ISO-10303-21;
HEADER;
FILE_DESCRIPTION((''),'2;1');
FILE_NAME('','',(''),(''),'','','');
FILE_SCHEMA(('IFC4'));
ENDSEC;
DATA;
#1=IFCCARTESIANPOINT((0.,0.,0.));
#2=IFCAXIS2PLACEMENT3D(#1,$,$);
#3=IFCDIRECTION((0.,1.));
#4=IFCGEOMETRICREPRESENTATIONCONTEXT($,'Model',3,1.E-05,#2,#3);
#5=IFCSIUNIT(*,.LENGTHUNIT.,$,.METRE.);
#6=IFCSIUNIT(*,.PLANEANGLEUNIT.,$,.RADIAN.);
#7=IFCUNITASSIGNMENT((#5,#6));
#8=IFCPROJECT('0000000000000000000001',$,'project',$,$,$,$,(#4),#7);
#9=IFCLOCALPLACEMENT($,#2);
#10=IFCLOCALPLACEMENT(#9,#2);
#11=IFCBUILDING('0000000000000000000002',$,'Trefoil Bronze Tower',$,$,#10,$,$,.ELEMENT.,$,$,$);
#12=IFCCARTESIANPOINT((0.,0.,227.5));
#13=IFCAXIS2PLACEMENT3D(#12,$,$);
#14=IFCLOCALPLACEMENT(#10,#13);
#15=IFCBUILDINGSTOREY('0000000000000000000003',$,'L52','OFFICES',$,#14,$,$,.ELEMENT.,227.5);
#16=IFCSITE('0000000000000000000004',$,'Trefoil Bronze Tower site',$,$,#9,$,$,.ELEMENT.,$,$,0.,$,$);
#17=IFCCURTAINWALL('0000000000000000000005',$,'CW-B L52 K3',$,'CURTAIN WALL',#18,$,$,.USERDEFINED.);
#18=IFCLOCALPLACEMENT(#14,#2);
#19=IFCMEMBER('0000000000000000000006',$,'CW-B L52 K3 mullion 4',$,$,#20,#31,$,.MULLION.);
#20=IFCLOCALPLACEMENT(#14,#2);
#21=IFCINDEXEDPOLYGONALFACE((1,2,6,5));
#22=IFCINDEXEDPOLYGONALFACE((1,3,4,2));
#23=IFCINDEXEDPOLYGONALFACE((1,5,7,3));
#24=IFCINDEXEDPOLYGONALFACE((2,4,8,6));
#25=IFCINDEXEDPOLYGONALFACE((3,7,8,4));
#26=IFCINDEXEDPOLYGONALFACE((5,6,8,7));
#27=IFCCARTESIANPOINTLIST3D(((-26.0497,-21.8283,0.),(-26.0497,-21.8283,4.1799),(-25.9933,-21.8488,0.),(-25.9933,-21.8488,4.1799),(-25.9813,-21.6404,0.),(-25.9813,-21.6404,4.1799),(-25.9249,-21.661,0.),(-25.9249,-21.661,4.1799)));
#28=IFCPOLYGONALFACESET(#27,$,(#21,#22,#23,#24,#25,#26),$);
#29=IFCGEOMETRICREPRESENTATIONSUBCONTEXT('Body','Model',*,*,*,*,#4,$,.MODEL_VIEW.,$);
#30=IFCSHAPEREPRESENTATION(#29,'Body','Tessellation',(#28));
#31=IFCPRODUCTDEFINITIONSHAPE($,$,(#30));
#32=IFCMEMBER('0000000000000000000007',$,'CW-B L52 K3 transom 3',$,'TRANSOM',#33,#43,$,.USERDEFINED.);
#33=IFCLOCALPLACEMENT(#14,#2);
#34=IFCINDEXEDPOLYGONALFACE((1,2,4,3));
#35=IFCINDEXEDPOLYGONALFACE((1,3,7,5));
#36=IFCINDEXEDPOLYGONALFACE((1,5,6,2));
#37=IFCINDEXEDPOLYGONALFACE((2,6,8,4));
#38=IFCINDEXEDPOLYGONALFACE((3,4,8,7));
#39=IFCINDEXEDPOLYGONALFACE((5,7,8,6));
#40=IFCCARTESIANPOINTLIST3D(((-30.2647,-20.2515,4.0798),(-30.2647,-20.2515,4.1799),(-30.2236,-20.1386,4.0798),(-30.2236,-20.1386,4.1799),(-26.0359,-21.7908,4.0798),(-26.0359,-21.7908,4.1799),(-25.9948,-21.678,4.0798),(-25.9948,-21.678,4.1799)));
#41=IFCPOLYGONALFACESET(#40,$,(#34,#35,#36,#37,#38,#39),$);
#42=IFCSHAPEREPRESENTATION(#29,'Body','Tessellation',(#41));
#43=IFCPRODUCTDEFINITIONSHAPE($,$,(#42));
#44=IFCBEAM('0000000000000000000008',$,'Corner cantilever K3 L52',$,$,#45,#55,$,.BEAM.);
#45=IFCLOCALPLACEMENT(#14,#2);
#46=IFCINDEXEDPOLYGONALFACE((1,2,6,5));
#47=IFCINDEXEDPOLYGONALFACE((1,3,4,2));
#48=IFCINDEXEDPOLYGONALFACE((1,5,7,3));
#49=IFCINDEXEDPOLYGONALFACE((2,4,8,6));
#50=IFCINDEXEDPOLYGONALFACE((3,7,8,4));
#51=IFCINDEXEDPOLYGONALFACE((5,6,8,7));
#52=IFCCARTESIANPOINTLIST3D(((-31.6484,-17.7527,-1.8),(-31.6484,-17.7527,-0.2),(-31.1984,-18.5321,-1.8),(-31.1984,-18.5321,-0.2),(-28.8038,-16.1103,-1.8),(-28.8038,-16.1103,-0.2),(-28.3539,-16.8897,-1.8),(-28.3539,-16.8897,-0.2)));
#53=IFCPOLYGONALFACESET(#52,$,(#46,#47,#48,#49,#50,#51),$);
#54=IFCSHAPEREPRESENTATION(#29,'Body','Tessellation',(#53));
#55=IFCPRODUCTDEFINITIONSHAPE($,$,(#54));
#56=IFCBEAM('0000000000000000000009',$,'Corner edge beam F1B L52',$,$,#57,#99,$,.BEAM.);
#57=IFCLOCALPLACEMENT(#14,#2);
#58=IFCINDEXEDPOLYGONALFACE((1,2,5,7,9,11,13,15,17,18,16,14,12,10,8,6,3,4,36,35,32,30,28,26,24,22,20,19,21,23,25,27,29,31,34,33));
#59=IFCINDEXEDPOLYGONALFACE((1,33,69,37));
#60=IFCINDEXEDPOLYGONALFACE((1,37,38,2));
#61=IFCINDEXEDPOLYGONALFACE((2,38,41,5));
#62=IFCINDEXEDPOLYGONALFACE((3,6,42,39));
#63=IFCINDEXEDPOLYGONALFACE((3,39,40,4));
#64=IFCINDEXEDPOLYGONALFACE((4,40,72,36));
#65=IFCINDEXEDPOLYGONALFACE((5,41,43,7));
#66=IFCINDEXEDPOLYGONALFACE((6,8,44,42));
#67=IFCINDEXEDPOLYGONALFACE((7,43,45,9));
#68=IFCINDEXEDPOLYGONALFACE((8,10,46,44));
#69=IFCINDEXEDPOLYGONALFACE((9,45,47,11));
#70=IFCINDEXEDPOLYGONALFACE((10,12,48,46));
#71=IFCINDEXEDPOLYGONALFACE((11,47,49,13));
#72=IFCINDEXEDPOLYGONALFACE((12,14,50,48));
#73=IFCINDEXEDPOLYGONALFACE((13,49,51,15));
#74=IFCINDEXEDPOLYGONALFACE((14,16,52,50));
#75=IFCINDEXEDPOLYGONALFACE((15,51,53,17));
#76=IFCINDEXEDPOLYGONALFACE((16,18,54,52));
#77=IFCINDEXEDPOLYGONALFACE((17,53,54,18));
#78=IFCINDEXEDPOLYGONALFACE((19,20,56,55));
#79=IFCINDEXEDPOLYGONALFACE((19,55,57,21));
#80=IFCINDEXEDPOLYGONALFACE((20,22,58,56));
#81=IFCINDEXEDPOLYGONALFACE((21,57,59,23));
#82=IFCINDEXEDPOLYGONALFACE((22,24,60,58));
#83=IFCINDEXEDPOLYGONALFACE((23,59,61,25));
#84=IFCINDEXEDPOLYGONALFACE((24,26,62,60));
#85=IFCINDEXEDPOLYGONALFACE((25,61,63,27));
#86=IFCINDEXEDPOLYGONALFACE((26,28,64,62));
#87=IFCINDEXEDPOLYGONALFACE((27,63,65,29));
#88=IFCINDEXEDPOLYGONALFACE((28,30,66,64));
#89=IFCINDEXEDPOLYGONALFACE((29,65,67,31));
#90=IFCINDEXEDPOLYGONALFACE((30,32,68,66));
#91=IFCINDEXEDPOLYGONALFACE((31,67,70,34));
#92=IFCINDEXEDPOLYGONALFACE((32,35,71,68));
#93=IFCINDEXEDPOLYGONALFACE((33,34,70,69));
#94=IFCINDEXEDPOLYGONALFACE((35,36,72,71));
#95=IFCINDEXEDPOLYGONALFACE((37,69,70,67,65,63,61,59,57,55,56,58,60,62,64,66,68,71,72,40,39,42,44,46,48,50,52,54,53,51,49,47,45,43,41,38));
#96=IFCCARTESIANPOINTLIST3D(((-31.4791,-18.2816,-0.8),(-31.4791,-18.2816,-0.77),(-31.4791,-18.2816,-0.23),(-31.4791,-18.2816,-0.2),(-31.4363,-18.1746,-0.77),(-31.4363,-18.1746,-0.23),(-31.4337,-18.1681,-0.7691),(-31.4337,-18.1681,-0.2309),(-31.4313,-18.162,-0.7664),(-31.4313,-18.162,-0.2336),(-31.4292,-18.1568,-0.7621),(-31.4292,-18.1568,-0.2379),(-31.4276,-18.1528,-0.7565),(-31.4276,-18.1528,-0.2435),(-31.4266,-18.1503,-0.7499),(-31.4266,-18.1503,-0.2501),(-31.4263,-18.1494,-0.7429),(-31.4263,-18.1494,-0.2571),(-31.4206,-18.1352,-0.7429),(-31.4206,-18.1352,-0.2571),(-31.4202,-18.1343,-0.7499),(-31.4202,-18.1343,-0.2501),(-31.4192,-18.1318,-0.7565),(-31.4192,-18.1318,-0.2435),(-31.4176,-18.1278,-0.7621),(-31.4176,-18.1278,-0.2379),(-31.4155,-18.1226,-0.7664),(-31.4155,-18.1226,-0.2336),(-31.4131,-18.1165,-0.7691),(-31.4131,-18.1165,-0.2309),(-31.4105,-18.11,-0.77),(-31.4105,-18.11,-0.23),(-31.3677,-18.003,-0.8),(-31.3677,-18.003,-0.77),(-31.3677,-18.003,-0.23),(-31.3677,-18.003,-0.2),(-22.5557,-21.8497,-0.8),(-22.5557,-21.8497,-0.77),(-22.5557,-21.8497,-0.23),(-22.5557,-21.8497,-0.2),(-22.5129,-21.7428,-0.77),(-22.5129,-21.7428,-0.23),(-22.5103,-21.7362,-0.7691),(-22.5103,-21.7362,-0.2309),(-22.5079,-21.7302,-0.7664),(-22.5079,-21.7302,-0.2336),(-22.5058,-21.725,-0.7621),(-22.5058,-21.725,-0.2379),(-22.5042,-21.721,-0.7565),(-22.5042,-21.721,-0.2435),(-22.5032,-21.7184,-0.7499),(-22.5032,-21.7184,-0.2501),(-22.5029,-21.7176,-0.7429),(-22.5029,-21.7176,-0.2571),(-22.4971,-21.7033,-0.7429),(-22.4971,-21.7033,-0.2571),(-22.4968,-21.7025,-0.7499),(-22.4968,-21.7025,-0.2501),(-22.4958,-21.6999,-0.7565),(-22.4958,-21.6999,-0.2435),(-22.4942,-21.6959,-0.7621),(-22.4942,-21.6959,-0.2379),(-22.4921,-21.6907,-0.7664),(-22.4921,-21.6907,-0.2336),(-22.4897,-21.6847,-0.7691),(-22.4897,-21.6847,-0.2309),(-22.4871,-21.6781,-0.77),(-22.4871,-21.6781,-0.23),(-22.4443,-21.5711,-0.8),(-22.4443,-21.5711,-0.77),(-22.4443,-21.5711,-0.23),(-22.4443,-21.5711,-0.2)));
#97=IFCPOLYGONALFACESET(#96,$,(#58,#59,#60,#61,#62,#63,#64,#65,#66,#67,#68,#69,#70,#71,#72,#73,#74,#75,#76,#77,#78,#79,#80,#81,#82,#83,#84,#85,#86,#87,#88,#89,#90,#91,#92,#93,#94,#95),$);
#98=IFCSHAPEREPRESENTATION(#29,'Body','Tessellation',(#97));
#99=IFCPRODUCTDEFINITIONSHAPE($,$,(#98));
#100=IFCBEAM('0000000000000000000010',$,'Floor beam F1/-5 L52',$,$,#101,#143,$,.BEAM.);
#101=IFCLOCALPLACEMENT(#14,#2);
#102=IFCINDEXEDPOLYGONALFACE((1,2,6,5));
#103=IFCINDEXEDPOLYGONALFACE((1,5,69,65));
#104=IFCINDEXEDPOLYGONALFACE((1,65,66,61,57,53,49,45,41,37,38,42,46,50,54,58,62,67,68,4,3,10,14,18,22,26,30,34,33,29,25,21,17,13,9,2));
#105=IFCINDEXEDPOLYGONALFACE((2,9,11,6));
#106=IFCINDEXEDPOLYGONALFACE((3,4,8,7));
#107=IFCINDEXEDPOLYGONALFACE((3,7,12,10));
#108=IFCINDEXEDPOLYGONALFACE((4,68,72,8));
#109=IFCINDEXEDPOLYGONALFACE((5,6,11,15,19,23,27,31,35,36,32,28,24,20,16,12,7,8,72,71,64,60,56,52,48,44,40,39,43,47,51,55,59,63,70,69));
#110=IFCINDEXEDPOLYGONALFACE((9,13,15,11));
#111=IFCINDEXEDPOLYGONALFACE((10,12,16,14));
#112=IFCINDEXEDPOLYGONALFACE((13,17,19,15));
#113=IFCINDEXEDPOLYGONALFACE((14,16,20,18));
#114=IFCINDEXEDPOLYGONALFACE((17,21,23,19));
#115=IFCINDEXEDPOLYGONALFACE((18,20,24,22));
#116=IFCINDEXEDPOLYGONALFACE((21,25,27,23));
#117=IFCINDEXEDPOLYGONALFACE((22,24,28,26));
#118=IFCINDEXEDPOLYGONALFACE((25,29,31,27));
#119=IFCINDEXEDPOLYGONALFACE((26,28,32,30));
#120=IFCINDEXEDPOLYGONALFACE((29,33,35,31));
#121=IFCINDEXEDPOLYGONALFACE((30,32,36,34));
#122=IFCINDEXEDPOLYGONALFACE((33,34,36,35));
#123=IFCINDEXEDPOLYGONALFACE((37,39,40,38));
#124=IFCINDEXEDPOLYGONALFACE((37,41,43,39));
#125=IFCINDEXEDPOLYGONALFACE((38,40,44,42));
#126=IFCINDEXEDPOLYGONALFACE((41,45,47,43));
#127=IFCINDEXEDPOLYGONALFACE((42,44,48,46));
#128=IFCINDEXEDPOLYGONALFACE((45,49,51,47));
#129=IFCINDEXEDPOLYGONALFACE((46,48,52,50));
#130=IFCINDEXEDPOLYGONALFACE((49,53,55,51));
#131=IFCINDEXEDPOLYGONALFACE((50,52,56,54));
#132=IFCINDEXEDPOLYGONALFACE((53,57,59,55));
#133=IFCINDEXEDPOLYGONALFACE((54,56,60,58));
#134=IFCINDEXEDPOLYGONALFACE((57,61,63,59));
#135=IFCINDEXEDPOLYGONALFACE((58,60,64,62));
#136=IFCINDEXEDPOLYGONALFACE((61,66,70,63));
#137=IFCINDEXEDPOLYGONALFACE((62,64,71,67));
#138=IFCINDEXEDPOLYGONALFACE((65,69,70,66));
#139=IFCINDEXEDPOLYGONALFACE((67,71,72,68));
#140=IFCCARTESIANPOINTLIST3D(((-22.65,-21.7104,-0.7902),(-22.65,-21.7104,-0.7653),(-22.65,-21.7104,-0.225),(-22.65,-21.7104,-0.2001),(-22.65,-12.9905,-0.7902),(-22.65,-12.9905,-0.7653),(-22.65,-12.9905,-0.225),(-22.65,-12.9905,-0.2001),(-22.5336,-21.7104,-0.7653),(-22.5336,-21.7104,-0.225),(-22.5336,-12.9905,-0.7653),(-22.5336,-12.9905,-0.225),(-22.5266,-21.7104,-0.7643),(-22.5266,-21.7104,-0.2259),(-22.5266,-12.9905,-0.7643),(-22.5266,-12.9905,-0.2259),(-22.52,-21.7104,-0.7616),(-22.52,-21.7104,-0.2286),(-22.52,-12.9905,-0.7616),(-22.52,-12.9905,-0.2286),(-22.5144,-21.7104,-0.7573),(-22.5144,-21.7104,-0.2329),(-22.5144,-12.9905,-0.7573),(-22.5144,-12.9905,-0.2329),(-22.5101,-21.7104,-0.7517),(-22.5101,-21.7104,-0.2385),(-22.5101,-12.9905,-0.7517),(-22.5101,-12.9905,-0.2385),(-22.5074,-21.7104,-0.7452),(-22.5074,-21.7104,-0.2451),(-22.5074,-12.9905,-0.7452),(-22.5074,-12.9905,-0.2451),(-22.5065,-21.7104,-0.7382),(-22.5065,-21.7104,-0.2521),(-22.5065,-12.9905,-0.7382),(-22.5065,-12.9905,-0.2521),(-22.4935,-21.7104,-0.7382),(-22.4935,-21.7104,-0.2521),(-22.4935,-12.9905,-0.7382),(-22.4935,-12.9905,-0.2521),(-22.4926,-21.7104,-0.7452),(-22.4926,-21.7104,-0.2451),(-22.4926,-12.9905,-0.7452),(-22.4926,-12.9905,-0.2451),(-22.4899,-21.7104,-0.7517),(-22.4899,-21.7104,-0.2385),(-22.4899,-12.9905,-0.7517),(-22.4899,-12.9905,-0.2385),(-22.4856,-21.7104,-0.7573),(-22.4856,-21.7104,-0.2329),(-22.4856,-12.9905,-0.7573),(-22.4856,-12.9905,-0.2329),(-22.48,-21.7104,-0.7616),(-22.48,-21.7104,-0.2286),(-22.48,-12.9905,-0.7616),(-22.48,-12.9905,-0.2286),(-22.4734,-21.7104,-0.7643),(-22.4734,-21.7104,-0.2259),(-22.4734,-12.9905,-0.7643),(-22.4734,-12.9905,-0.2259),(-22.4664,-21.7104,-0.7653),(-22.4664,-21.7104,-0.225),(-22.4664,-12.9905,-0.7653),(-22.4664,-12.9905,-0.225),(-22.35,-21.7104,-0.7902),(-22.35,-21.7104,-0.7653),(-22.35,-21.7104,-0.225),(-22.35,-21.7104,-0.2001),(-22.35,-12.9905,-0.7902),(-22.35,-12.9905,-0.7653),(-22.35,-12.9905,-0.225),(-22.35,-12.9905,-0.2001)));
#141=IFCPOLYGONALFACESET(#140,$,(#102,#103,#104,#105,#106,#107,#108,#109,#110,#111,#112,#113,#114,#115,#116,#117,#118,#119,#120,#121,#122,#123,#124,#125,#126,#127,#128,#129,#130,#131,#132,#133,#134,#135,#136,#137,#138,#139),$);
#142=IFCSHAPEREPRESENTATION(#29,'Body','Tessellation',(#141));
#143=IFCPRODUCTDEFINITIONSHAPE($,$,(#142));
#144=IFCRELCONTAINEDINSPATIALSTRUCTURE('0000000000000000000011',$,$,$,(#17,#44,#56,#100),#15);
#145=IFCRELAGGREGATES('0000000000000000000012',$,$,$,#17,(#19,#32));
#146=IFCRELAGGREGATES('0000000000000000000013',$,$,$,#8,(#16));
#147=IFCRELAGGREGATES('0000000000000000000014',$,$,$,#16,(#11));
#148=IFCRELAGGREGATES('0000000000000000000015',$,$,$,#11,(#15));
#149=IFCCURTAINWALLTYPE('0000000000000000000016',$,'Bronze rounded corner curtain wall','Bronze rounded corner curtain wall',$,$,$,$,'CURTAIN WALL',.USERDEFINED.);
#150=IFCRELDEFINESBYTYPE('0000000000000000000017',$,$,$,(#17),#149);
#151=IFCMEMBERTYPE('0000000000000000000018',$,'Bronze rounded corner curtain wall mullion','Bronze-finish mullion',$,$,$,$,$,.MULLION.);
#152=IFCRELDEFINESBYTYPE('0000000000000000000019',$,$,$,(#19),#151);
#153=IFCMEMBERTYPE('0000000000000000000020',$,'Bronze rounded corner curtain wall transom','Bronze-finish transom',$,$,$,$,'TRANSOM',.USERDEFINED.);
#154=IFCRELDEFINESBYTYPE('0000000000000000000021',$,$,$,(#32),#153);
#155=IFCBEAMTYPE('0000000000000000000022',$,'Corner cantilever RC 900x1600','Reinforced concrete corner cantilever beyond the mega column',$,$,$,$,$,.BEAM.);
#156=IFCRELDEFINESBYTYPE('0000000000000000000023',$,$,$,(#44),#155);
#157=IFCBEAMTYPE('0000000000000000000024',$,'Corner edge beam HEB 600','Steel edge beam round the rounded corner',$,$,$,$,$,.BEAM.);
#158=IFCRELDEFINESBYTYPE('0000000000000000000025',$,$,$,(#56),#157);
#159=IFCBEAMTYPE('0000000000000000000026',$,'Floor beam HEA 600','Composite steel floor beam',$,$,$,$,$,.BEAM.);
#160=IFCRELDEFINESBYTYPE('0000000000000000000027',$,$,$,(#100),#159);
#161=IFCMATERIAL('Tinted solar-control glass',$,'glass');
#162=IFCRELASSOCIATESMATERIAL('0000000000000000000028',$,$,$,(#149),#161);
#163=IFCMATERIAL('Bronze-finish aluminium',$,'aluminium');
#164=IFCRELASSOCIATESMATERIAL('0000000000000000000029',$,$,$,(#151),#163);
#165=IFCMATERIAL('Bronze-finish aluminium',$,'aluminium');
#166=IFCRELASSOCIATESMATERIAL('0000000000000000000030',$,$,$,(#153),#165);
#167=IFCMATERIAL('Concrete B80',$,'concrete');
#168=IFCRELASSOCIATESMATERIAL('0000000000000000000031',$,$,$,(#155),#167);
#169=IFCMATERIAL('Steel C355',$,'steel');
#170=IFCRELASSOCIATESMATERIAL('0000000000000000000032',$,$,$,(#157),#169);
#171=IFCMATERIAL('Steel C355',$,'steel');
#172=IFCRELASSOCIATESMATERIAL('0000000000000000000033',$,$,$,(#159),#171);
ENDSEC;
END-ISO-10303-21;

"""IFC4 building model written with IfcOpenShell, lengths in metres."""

from ifc_helpers import new_model, si_unit, direction, frame, origin, origin_2d, place, context, subcontext, project, spatial, rectangle, i_section, extrude, material, material_profile, profile_set, type_object, element, aggregate, save


model = new_model("IFC4")

# Units and contexts
model_context = context("Model", 3, precision=1e-05, world=origin(), true_north=direction((0.0, 1.0)))
body_context = subcontext(model_context, "Body", "Model", "MODEL_VIEW")
ifc_project = project(units=[si_unit("LENGTHUNIT", "METRE"), si_unit("PLANEANGLEUNIT", "RADIAN")], contexts=[model_context])

# Site, building, storey
site_placement = place(None, origin())
site = spatial("IfcSite", under=ifc_project, at=site_placement, Name="Trefoil Bronze Tower site", CompositionType="ELEMENT", RefElevation=0.0)
building_placement = place(site_placement, origin())
building = spatial("IfcBuilding", under=site, at=building_placement, Name="Trefoil Bronze Tower", CompositionType="ELEMENT")
storey_placement = place(building_placement, frame((0.0, 0.0, 227.5)))
storey = spatial("IfcBuildingStorey", under=building, at=storey_placement, Name="L52", Description="OFFICES", CompositionType="ELEMENT", Elevation=227.5)

# Curtain wall, members
ifc_material_1 = material(Name="Tinted solar-control glass", Category="glass")
curtain_wall_type_1 = type_object("IfcCurtainWallType", Name="Bronze rounded corner curtain wall", Description="Bronze rounded corner curtain wall", ElementType="CURTAIN WALL", PredefinedType="USERDEFINED", material=ifc_material_1)
curtain_wall_1_placement = place(storey_placement, origin())
curtain_wall_1 = element("IfcCurtainWall", 1, at=curtain_wall_1_placement, inside=storey, type_object=curtain_wall_type_1, Name="CW-B L52 K3", ObjectType="CURTAIN WALL", PredefinedType="USERDEFINED")
ifc_material_2 = material(Name="Bronze-finish aluminium", Category="aluminium")
ifc_material_profile_1 = material_profile(ifc_material_2, rectangle(XDim=0.2, YDim=0.0601, at=origin_2d()), Name="CW-B mullion")
ifc_profile_set_1 = profile_set([ifc_material_profile_1], Name="Bronze-finish aluminium")
member_type_1 = type_object("IfcMemberType", Name="Bronze rounded corner curtain wall mullion", Description="Bronze-finish mullion", PredefinedType="MULLION", material=ifc_profile_set_1)
member_1_placement = place(storey_placement, frame((-25.9873, -21.7446, 0.0), z_axis=(0.0, 0.0, 1.0), x_axis=(0.34202, 0.939693, 0.0)))
member_1 = element("IfcMember", 2, at=member_1_placement, type_object=member_type_1, Name="CW-B L52 K3 mullion 4", PredefinedType="MULLION", context=body_context, shape_type="SweptSolid", body=[
    extrude(rectangle(XDim=0.2, YDim=0.0601, at=origin_2d()), origin(), (0.0, 0.0, 1.0), 4.1799),
])
ifc_material_3 = material(Name="Bronze-finish aluminium", Category="aluminium")
ifc_material_profile_2 = material_profile(ifc_material_3, rectangle(XDim=0.1201, YDim=0.1001, at=origin_2d()), Name="CW-B transom")
ifc_profile_set_2 = profile_set([ifc_material_profile_2], Name="Bronze-finish aluminium")
member_type_2 = type_object("IfcMemberType", Name="Bronze rounded corner curtain wall transom", Description="Bronze-finish transom", ElementType="TRANSOM", PredefinedType="USERDEFINED", material=ifc_profile_set_2)
member_2_placement = place(storey_placement, frame((-30.2441, -20.1951, 4.1299), z_axis=(0.939681, -0.342052, 0.0), x_axis=(0.342052, 0.939681, 0.0)))
member_2 = element("IfcMember", 3, at=member_2_placement, type_object=member_type_2, Name="CW-B L52 K3 transom 3", ObjectType="TRANSOM", PredefinedType="USERDEFINED", context=body_context, shape_type="SweptSolid", body=[
    extrude(rectangle(XDim=0.1201, YDim=0.1001, at=origin_2d()), origin(), (0.0, 0.0, 1.0), 4.5002),
])

# Beams
ifc_material_4 = material(Name="Concrete B80", Category="concrete")
ifc_material_profile_3 = material_profile(ifc_material_4, rectangle(XDim=0.8999, YDim=1.6001, at=origin_2d()), Name="RC 900x1600")
ifc_profile_set_3 = profile_set([ifc_material_profile_3], Name="Concrete B80")
beam_type_1 = type_object("IfcBeamType", Name="Corner cantilever RC 900x1600", Description="Reinforced concrete corner cantilever beyond the mega column", PredefinedType="BEAM", material=ifc_profile_set_3)
beam_1_placement = place(storey_placement, frame((-28.5789, -16.5, -1.0), z_axis=(-0.866016, -0.500016, 0.0), x_axis=(0.500016, -0.866016, 0.0)))
element("IfcBeam", 4, at=beam_1_placement, inside=storey, type_object=beam_type_1, Name="Corner cantilever K3 L52", PredefinedType="BEAM", context=body_context, shape_type="SweptSolid", body=[
    extrude(rectangle(XDim=0.8999, YDim=1.6001, at=origin_2d()), origin(), (0.0, 0.0, 1.0), 3.2847),
])
ifc_material_5 = material(Name="Steel C355", Category="steel")
ifc_material_profile_4 = material_profile(ifc_material_5, i_section(OverallWidth=0.3, OverallDepth=0.6001, WebThickness=0.0154, FlangeThickness=0.03, FilletRadius=0.0271, at=origin_2d()), Name="HEB 600")
ifc_profile_set_4 = profile_set([ifc_material_profile_4], Name="Steel C355")
beam_type_2 = type_object("IfcBeamType", Name="Corner edge beam HEB 600", Description="Steel edge beam round the rounded corner", PredefinedType="BEAM", material=ifc_profile_set_4)
beam_2_placement = place(storey_placement, frame((-22.5, -21.7104, -0.5), z_axis=(-0.92852, 0.371281, 0.0), x_axis=(-0.371281, -0.92852, 0.0)))
element("IfcBeam", 5, at=beam_2_placement, inside=storey, type_object=beam_type_2, Name="Corner edge beam F1B L52", PredefinedType="BEAM", context=body_context, shape_type="SweptSolid", body=[
    extrude(i_section(OverallWidth=0.3, OverallDepth=0.6001, WebThickness=0.0154, FlangeThickness=0.03, FilletRadius=0.0271, at=origin_2d()), origin(), (0.0, 0.0, 1.0), 9.6104),
])
ifc_material_6 = material(Name="Steel C355", Category="steel")
ifc_material_profile_5 = material_profile(ifc_material_6, i_section(OverallWidth=0.3, OverallDepth=0.5901, WebThickness=0.0129, FlangeThickness=0.0249, FilletRadius=0.0271, at=origin_2d()), Name="HEA 600")
ifc_profile_set_5 = profile_set([ifc_material_profile_5], Name="Steel C355")
beam_type_3 = type_object("IfcBeamType", Name="Floor beam HEA 600", Description="Composite steel floor beam", PredefinedType="BEAM", material=ifc_profile_set_5)
beam_3_placement = place(storey_placement, frame((-22.5, -21.7104, -0.4951), z_axis=(0.0, 1.0, 0.0), x_axis=(-1.0, 0.0, 0.0)))
element("IfcBeam", 6, at=beam_3_placement, inside=storey, type_object=beam_type_3, Name="Floor beam F1/-5 L52", PredefinedType="BEAM", context=body_context, shape_type="SweptSolid", body=[
    extrude(i_section(OverallWidth=0.3, OverallDepth=0.5901, WebThickness=0.0129, FlangeThickness=0.0249, FilletRadius=0.0271, at=origin_2d()), origin(), (0.0, 0.0, 1.0), 8.72),
])

aggregate(curtain_wall_1, [member_1, member_2])

save(model, "model.ifc")
